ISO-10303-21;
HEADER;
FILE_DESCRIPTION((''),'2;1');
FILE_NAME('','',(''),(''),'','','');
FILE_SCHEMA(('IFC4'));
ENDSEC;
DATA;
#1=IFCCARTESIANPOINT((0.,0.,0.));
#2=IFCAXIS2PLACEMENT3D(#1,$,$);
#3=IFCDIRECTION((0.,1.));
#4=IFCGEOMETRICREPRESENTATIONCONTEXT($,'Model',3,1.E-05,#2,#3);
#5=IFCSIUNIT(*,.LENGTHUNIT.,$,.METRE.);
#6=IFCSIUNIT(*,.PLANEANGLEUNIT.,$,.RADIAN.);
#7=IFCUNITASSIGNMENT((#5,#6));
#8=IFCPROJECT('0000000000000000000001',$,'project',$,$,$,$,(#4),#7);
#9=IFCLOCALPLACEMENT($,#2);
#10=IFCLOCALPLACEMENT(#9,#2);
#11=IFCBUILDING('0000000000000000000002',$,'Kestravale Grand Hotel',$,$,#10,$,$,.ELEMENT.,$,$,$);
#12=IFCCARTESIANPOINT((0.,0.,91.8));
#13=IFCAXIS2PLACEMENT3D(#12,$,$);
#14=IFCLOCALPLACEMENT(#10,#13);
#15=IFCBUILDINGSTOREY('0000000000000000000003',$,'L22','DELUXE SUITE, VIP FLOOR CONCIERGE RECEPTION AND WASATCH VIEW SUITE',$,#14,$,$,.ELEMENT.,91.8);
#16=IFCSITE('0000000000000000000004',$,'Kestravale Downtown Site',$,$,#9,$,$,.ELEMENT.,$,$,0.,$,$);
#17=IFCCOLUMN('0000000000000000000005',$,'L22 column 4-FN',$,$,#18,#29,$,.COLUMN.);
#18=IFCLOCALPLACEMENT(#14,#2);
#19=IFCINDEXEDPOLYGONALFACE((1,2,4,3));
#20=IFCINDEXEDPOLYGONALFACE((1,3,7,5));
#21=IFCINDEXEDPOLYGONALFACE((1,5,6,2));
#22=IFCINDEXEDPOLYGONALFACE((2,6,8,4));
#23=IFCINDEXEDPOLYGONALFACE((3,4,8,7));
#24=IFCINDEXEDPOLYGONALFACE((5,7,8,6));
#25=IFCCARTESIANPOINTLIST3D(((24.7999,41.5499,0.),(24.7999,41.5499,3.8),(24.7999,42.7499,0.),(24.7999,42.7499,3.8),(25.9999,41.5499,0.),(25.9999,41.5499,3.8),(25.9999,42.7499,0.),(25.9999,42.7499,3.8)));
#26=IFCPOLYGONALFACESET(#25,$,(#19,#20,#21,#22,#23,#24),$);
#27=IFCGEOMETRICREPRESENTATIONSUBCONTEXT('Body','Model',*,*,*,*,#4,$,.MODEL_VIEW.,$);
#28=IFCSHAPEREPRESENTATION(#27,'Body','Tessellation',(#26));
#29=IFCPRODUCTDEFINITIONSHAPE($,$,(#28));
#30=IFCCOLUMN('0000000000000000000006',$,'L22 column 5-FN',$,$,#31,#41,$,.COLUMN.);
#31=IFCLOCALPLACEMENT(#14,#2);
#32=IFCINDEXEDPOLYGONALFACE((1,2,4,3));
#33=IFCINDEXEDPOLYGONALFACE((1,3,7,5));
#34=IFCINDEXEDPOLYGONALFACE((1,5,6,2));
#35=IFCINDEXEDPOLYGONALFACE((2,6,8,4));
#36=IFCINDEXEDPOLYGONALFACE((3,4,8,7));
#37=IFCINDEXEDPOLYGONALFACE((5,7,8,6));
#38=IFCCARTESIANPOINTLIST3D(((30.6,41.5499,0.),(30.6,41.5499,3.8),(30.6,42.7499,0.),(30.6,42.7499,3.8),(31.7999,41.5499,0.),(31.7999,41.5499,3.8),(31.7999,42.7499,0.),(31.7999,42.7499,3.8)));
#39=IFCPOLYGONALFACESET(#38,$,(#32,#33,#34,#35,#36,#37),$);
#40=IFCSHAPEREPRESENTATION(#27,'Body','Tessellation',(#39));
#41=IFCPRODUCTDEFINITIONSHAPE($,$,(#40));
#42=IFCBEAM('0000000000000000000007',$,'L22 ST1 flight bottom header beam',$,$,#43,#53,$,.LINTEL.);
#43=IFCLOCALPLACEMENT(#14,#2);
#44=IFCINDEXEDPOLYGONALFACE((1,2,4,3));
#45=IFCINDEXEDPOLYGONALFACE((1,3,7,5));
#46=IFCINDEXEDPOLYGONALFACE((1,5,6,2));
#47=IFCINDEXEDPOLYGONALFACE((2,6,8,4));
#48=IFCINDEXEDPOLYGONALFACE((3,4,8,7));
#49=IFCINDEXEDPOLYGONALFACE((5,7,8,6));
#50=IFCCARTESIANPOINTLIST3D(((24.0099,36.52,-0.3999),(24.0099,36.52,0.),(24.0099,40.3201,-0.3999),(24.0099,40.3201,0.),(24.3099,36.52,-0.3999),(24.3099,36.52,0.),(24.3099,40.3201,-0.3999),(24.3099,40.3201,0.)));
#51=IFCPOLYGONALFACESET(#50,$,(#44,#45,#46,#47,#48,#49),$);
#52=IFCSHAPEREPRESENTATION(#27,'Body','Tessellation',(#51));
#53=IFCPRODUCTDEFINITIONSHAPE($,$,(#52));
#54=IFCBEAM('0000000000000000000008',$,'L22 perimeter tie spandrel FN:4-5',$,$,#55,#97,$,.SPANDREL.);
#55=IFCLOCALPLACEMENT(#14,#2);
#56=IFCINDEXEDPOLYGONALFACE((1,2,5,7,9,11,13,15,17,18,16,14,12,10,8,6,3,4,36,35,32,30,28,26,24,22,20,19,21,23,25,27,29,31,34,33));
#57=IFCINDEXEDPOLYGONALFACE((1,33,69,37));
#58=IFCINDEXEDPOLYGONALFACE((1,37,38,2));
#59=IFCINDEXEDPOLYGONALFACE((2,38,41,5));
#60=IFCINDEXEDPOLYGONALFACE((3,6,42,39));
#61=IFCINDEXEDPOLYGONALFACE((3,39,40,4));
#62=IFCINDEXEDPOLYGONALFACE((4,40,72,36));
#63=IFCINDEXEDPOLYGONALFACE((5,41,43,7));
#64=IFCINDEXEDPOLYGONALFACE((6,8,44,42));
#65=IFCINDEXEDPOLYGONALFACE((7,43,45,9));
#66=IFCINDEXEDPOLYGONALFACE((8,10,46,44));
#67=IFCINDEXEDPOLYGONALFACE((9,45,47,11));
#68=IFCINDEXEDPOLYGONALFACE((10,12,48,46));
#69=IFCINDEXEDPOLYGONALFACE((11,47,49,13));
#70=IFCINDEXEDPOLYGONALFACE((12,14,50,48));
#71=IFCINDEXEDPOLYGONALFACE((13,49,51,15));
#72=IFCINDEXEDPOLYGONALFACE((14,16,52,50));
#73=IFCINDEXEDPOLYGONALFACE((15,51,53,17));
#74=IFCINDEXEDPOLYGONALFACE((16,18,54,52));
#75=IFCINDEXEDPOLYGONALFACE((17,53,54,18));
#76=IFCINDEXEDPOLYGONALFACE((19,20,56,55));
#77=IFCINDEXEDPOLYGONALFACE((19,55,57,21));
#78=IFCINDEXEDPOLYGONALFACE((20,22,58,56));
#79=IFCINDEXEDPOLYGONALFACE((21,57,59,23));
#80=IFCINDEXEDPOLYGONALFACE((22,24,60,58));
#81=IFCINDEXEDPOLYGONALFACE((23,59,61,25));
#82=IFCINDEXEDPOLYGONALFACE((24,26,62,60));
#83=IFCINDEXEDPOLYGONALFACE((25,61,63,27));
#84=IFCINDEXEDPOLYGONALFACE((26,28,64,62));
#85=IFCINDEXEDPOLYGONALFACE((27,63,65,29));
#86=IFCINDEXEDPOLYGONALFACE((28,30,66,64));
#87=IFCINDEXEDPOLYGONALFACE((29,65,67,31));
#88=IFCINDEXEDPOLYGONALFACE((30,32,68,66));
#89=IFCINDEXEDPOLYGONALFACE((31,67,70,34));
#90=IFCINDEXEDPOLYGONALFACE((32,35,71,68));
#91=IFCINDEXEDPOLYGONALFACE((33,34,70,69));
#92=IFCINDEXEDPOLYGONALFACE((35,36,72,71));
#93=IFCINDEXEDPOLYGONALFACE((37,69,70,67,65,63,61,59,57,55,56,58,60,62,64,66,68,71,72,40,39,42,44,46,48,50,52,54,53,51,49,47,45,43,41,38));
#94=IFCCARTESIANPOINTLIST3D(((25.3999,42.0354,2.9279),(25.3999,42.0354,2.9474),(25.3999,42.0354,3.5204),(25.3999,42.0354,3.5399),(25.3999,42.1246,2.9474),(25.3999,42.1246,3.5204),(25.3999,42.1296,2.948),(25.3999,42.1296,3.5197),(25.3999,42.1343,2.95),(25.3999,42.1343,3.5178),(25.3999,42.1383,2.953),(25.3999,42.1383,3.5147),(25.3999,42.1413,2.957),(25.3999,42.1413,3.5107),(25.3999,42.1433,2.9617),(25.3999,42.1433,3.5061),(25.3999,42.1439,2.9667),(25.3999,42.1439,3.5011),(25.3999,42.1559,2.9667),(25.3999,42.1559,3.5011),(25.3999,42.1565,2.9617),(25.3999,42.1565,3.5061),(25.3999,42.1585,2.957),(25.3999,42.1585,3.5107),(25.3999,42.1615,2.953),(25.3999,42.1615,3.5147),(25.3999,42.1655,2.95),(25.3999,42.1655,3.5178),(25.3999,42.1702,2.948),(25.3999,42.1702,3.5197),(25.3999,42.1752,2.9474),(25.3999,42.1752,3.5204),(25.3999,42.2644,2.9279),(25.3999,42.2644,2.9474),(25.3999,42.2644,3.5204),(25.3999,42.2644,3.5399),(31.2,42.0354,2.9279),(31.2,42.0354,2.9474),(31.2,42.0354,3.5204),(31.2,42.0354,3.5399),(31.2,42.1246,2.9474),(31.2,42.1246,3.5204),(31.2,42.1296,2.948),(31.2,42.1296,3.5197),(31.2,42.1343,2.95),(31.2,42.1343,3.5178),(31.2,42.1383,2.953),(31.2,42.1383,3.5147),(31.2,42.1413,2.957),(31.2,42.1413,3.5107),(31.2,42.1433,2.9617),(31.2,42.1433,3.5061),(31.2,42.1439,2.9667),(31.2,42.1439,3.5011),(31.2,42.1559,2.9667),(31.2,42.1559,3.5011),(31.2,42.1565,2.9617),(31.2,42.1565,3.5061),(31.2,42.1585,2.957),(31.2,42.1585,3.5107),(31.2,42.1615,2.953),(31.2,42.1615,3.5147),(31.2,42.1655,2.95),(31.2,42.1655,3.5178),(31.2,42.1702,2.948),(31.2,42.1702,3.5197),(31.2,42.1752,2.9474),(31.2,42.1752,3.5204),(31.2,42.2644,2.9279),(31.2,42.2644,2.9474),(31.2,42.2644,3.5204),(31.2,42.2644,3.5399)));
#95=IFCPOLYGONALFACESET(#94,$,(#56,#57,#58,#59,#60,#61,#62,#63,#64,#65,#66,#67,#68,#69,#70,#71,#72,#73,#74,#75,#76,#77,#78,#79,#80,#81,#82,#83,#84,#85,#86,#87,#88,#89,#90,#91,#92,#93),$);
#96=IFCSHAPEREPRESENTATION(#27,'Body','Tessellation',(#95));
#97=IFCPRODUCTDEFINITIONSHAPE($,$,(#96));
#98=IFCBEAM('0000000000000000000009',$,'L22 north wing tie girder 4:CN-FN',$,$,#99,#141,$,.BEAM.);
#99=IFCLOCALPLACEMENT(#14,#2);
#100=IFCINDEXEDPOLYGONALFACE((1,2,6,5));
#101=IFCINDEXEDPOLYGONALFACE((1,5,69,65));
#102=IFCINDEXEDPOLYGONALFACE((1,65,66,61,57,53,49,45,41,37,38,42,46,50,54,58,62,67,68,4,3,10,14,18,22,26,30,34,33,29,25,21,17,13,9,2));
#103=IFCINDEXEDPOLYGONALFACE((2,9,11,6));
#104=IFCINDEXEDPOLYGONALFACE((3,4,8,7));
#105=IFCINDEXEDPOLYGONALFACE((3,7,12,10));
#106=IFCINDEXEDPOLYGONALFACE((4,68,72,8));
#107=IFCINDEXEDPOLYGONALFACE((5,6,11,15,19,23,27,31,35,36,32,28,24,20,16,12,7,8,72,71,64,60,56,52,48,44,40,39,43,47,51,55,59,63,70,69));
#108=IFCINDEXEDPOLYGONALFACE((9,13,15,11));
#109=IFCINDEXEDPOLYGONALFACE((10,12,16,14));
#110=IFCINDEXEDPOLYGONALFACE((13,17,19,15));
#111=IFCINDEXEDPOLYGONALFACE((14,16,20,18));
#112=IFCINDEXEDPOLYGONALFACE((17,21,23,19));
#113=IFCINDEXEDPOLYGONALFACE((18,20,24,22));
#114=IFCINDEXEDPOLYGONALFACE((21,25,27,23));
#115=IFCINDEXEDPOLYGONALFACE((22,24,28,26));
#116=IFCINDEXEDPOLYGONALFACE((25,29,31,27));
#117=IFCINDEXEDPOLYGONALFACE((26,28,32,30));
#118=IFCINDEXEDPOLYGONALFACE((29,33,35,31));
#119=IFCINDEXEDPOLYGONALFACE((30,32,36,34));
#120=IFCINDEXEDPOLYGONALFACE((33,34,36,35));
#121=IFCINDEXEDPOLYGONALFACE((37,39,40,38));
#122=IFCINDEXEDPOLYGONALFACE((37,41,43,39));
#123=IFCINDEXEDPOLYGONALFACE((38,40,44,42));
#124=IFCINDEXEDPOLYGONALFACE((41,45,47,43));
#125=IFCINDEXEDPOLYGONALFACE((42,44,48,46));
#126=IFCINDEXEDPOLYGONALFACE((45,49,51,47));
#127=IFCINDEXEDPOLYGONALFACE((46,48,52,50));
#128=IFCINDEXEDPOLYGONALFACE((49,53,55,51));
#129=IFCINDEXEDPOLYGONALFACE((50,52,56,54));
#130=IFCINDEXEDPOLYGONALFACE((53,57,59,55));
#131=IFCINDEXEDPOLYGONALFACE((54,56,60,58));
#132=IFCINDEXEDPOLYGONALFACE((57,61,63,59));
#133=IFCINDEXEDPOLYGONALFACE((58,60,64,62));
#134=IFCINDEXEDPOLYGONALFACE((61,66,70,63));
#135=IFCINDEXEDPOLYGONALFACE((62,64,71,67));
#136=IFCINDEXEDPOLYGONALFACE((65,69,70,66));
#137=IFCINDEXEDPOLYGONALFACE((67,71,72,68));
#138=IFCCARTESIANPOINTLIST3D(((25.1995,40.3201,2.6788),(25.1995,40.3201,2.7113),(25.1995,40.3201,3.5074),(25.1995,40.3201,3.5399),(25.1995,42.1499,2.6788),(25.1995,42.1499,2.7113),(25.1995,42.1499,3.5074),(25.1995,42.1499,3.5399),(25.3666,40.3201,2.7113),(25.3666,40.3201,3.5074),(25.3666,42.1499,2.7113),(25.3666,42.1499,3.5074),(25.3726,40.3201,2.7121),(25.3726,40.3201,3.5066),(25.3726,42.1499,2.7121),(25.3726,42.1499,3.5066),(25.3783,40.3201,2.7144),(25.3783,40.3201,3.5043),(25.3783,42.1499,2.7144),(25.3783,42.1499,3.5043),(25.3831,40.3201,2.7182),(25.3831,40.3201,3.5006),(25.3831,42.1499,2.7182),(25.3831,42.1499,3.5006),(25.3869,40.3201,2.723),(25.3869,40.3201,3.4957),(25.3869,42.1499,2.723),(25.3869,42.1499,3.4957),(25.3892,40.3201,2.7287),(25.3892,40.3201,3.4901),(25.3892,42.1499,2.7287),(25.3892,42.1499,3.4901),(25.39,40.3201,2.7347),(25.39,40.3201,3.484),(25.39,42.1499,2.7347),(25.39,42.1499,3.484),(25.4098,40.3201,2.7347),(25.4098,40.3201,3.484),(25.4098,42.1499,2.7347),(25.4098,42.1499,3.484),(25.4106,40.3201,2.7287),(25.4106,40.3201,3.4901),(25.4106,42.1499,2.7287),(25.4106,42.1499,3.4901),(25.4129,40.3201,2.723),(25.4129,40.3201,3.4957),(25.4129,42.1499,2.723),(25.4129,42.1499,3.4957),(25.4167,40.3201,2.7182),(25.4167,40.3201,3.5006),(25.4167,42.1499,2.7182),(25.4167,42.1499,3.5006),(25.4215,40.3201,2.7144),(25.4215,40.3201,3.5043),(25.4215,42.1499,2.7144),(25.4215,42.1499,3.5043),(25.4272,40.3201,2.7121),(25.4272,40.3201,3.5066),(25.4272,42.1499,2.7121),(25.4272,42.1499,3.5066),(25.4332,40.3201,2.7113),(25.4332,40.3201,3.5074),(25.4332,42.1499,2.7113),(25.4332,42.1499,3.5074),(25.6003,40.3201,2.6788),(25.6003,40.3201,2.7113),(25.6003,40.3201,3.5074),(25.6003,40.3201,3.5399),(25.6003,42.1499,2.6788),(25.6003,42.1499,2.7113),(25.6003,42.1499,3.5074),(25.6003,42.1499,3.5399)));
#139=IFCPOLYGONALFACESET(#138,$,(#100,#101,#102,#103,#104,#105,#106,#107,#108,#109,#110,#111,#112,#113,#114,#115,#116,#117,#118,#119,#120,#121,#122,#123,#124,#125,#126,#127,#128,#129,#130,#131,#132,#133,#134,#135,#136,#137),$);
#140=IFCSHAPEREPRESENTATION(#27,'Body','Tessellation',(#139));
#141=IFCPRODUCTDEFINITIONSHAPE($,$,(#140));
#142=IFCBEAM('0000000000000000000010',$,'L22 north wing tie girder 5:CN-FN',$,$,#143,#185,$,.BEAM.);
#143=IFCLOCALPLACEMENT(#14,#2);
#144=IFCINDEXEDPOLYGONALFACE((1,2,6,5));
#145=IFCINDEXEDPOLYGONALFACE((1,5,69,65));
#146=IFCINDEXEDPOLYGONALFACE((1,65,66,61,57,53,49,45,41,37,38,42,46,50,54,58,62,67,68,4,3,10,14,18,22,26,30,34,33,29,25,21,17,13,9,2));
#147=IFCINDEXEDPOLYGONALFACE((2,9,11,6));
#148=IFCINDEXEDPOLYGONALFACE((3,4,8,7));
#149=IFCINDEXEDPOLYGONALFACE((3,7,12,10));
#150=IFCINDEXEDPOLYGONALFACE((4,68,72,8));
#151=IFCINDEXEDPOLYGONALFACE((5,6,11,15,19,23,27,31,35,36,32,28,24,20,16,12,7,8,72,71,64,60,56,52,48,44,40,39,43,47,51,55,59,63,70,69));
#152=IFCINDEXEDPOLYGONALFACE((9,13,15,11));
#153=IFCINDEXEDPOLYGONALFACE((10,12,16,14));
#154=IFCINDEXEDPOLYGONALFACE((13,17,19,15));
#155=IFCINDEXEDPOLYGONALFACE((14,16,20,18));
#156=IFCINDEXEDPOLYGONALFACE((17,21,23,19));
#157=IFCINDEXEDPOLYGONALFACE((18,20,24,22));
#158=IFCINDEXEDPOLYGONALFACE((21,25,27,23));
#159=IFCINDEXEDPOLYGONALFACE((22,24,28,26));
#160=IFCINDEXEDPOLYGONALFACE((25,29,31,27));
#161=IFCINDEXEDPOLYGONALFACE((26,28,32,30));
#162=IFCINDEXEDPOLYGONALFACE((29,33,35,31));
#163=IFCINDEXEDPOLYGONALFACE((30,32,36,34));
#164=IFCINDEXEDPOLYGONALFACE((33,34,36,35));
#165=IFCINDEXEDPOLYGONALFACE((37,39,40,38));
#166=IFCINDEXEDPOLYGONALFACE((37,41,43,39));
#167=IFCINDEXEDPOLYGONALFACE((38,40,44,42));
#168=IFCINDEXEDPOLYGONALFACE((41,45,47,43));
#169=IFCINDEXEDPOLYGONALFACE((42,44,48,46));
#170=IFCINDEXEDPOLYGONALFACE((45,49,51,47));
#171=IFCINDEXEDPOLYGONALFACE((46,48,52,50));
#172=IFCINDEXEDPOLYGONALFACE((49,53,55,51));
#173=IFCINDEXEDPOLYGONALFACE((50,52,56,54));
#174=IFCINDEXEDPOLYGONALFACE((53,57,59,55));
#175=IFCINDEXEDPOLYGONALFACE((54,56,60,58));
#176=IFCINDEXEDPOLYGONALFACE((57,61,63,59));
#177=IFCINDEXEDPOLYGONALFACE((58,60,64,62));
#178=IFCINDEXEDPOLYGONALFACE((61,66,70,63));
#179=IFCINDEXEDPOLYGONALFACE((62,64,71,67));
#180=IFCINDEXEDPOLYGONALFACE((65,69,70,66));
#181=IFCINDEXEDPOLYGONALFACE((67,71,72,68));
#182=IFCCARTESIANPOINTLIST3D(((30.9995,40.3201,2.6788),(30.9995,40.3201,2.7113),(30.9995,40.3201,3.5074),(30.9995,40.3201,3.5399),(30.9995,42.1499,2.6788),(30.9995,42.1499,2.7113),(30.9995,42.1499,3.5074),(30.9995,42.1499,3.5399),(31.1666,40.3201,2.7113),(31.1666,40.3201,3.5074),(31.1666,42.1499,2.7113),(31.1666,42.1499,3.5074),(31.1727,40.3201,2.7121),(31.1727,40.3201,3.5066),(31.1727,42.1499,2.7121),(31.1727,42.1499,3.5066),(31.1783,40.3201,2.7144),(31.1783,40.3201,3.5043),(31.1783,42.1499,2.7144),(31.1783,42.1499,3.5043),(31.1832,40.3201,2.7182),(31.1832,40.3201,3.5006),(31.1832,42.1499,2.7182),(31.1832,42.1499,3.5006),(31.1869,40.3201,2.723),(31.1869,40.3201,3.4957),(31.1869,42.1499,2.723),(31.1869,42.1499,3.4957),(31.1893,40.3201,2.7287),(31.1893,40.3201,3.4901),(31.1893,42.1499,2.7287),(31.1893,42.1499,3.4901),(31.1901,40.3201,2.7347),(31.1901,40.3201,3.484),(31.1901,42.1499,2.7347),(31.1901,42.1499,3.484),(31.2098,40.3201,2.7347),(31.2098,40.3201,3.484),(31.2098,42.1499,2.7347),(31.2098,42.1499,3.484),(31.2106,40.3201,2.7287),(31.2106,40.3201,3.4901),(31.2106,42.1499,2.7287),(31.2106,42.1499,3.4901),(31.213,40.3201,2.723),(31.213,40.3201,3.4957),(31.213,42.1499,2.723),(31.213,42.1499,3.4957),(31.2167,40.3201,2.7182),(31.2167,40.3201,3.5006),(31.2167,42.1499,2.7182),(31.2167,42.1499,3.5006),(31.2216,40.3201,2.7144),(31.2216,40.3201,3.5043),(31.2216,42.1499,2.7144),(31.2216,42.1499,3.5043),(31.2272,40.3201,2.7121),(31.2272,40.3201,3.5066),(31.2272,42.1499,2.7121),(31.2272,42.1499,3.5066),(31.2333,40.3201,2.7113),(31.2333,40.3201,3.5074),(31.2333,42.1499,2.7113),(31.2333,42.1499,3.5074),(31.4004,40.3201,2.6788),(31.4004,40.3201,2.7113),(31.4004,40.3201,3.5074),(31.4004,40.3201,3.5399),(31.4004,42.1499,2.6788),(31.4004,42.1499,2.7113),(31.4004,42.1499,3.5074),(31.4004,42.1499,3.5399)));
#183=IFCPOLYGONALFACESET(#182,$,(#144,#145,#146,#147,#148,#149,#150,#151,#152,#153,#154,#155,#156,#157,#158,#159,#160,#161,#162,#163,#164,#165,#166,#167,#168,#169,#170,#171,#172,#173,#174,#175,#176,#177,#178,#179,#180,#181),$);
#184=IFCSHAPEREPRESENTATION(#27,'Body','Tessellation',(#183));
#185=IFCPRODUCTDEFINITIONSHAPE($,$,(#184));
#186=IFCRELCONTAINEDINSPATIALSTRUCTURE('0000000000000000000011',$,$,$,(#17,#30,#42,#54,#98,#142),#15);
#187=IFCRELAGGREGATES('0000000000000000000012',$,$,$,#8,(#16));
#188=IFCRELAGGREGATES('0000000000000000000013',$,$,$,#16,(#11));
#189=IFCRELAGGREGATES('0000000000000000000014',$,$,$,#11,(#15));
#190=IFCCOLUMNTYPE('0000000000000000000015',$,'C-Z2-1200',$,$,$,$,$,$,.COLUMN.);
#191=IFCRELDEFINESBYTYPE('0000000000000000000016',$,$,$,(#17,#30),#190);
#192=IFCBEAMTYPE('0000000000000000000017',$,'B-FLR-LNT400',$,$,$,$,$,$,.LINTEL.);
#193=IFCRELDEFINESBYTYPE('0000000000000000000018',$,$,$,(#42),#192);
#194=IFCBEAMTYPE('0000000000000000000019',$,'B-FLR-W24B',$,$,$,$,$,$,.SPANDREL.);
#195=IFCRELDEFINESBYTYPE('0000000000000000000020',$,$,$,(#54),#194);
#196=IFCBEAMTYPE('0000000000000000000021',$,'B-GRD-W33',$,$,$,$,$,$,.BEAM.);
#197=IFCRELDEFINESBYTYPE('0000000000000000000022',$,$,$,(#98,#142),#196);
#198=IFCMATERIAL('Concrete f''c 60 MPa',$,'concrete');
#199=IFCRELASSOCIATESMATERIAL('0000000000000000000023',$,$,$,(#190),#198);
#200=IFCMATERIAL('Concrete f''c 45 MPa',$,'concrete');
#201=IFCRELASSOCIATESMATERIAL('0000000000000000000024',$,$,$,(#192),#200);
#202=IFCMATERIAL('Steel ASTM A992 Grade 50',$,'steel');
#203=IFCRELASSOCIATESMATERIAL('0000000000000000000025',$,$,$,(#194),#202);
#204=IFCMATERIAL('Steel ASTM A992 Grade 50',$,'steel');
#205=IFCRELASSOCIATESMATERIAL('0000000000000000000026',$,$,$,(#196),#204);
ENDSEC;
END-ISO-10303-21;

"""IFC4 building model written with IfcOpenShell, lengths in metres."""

from ifc_helpers import new_model, si_unit, direction, frame, origin, origin_2d, place, context, subcontext, project, spatial, rectangle, i_section, extrude, material, material_profile, profile_set, type_object, element, save


model = new_model("IFC4")

# Units and contexts
model_context = context("Model", 3, precision=1e-05, world=origin(), true_north=direction((0.0, 1.0)))
body_context = subcontext(model_context, "Body", "Model", "MODEL_VIEW")
ifc_project = project(units=[si_unit("LENGTHUNIT", "METRE"), si_unit("PLANEANGLEUNIT", "RADIAN")], contexts=[model_context])

# Site, building, storey
site_placement = place(None, origin())
site = spatial("IfcSite", under=ifc_project, at=site_placement, Name="Kestravale Downtown Site", CompositionType="ELEMENT", RefElevation=0.0)
building_placement = place(site_placement, origin())
building = spatial("IfcBuilding", under=site, at=building_placement, Name="Kestravale Grand Hotel", CompositionType="ELEMENT")
storey_placement = place(building_placement, frame((0.0, 0.0, 91.8)))
storey = spatial("IfcBuildingStorey", under=building, at=storey_placement, Name="L22", Description="DELUXE SUITE, VIP FLOOR CONCIERGE RECEPTION AND WASATCH VIEW SUITE", CompositionType="ELEMENT", Elevation=91.8)

# Columns
ifc_material_1 = material(Name="Concrete f'c 60 MPa", Category="concrete")
ifc_material_profile_1 = material_profile(ifc_material_1, rectangle(XDim=1.2, YDim=1.2, at=origin_2d()))
ifc_profile_set_1 = profile_set([ifc_material_profile_1], Name="Concrete f'c 60 MPa")
column_type = type_object("IfcColumnType", Name="C-Z2-1200", PredefinedType="COLUMN", material=ifc_profile_set_1)
for number, where, z_axis, x_axis, name in (
    (1, (25.3999, 42.1499, 0.0), (0.0, 0.0, 1.0), (1.0, 0.0, 0.0), "L22 column 4-FN"),
    (2, (31.2, 42.1499, 0.0), (0.0, 0.0, 1.0), (1.0, 0.0, 0.0), "L22 column 5-FN"),
):
    element("IfcColumn", number, at=place(storey_placement, frame(where, z_axis=z_axis, x_axis=x_axis)), inside=storey, type_object=column_type, Name=name, PredefinedType="COLUMN", context=body_context, shape_type="SweptSolid", body=[
        extrude(rectangle(XDim=1.2, YDim=1.2, at=origin_2d()), origin(), (0.0, 0.0, 1.0), 3.8),
    ])

# Beams
ifc_material_2 = material(Name="Concrete f'c 45 MPa", Category="concrete")
ifc_material_profile_2 = material_profile(ifc_material_2, rectangle(XDim=0.3, YDim=0.3999, at=origin_2d()))
ifc_profile_set_2 = profile_set([ifc_material_profile_2], Name="Concrete f'c 45 MPa")
beam_type_1 = type_object("IfcBeamType", Name="B-FLR-LNT400", PredefinedType="LINTEL", material=ifc_profile_set_2)
beam_1_placement = place(storey_placement, frame((24.1599, 36.52, -0.2), z_axis=(0.0, 1.0, 0.0), x_axis=(-1.0, 0.0, 0.0)))
element("IfcBeam", 3, at=beam_1_placement, inside=storey, type_object=beam_type_1, Name="L22 ST1 flight bottom header beam", PredefinedType="LINTEL", context=body_context, shape_type="SweptSolid", body=[
    extrude(rectangle(XDim=0.3, YDim=0.3999, at=origin_2d()), origin(), (0.0, 0.0, 1.0), 3.8),
])
ifc_material_3 = material(Name="Steel ASTM A992 Grade 50", Category="steel")
ifc_material_profile_3 = material_profile(ifc_material_3, i_section(OverallWidth=0.229, OverallDepth=0.6121, WebThickness=0.012, FlangeThickness=0.0195, FilletRadius=0.0193, at=origin_2d()))
ifc_profile_set_3 = profile_set([ifc_material_profile_3], Name="Steel ASTM A992 Grade 50")
beam_type_2 = type_object("IfcBeamType", Name="B-FLR-W24B", PredefinedType="SPANDREL", material=ifc_profile_set_3)
beam_2_placement = place(storey_placement, frame((25.3999, 42.1499, 3.2339), z_axis=(1.0, 0.0, 0.0), x_axis=(0.0, 1.0, 0.0)))
element("IfcBeam", 4, at=beam_2_placement, inside=storey, type_object=beam_type_2, Name="L22 perimeter tie spandrel FN:4-5", PredefinedType="SPANDREL", context=body_context, shape_type="SweptSolid", body=[
    extrude(i_section(OverallWidth=0.229, OverallDepth=0.6121, WebThickness=0.012, FlangeThickness=0.0195, FilletRadius=0.0193, at=origin_2d()), origin(), (0.0, 0.0, 1.0), 5.8),
])
ifc_material_4 = material(Name="Steel ASTM A992 Grade 50", Category="steel")
ifc_material_profile_4 = material_profile(ifc_material_4, i_section(OverallWidth=0.4009, OverallDepth=0.8611, WebThickness=0.0198, FlangeThickness=0.0325, FilletRadius=0.0234, at=origin_2d()))
ifc_profile_set_4 = profile_set([ifc_material_profile_4], Name="Steel ASTM A992 Grade 50")
beam_type_3 = type_object("IfcBeamType", Name="B-GRD-W33", PredefinedType="BEAM", material=ifc_profile_set_4)
for number, where, z_axis, x_axis, name in (
    (5, (25.3999, 40.3201, 3.1094), (0.0, 1.0, 0.0), (-1.0, 0.0, 0.0), "L22 north wing tie girder 4:CN-FN"),
    (6, (31.2, 40.3201, 3.1094), (0.0, 1.0, 0.0), (-1.0, 0.0, 0.0), "L22 north wing tie girder 5:CN-FN"),
):
    element("IfcBeam", number, at=place(storey_placement, frame(where, z_axis=z_axis, x_axis=x_axis)), inside=storey, type_object=beam_type_3, Name=name, PredefinedType="BEAM", context=body_context, shape_type="SweptSolid", body=[
        extrude(i_section(OverallWidth=0.4009, OverallDepth=0.8611, WebThickness=0.0198, FlangeThickness=0.0325, FilletRadius=0.0234, at=origin_2d()), origin(), (0.0, 0.0, 1.0), 1.8298),
    ])

save(model, "model.ifc")
